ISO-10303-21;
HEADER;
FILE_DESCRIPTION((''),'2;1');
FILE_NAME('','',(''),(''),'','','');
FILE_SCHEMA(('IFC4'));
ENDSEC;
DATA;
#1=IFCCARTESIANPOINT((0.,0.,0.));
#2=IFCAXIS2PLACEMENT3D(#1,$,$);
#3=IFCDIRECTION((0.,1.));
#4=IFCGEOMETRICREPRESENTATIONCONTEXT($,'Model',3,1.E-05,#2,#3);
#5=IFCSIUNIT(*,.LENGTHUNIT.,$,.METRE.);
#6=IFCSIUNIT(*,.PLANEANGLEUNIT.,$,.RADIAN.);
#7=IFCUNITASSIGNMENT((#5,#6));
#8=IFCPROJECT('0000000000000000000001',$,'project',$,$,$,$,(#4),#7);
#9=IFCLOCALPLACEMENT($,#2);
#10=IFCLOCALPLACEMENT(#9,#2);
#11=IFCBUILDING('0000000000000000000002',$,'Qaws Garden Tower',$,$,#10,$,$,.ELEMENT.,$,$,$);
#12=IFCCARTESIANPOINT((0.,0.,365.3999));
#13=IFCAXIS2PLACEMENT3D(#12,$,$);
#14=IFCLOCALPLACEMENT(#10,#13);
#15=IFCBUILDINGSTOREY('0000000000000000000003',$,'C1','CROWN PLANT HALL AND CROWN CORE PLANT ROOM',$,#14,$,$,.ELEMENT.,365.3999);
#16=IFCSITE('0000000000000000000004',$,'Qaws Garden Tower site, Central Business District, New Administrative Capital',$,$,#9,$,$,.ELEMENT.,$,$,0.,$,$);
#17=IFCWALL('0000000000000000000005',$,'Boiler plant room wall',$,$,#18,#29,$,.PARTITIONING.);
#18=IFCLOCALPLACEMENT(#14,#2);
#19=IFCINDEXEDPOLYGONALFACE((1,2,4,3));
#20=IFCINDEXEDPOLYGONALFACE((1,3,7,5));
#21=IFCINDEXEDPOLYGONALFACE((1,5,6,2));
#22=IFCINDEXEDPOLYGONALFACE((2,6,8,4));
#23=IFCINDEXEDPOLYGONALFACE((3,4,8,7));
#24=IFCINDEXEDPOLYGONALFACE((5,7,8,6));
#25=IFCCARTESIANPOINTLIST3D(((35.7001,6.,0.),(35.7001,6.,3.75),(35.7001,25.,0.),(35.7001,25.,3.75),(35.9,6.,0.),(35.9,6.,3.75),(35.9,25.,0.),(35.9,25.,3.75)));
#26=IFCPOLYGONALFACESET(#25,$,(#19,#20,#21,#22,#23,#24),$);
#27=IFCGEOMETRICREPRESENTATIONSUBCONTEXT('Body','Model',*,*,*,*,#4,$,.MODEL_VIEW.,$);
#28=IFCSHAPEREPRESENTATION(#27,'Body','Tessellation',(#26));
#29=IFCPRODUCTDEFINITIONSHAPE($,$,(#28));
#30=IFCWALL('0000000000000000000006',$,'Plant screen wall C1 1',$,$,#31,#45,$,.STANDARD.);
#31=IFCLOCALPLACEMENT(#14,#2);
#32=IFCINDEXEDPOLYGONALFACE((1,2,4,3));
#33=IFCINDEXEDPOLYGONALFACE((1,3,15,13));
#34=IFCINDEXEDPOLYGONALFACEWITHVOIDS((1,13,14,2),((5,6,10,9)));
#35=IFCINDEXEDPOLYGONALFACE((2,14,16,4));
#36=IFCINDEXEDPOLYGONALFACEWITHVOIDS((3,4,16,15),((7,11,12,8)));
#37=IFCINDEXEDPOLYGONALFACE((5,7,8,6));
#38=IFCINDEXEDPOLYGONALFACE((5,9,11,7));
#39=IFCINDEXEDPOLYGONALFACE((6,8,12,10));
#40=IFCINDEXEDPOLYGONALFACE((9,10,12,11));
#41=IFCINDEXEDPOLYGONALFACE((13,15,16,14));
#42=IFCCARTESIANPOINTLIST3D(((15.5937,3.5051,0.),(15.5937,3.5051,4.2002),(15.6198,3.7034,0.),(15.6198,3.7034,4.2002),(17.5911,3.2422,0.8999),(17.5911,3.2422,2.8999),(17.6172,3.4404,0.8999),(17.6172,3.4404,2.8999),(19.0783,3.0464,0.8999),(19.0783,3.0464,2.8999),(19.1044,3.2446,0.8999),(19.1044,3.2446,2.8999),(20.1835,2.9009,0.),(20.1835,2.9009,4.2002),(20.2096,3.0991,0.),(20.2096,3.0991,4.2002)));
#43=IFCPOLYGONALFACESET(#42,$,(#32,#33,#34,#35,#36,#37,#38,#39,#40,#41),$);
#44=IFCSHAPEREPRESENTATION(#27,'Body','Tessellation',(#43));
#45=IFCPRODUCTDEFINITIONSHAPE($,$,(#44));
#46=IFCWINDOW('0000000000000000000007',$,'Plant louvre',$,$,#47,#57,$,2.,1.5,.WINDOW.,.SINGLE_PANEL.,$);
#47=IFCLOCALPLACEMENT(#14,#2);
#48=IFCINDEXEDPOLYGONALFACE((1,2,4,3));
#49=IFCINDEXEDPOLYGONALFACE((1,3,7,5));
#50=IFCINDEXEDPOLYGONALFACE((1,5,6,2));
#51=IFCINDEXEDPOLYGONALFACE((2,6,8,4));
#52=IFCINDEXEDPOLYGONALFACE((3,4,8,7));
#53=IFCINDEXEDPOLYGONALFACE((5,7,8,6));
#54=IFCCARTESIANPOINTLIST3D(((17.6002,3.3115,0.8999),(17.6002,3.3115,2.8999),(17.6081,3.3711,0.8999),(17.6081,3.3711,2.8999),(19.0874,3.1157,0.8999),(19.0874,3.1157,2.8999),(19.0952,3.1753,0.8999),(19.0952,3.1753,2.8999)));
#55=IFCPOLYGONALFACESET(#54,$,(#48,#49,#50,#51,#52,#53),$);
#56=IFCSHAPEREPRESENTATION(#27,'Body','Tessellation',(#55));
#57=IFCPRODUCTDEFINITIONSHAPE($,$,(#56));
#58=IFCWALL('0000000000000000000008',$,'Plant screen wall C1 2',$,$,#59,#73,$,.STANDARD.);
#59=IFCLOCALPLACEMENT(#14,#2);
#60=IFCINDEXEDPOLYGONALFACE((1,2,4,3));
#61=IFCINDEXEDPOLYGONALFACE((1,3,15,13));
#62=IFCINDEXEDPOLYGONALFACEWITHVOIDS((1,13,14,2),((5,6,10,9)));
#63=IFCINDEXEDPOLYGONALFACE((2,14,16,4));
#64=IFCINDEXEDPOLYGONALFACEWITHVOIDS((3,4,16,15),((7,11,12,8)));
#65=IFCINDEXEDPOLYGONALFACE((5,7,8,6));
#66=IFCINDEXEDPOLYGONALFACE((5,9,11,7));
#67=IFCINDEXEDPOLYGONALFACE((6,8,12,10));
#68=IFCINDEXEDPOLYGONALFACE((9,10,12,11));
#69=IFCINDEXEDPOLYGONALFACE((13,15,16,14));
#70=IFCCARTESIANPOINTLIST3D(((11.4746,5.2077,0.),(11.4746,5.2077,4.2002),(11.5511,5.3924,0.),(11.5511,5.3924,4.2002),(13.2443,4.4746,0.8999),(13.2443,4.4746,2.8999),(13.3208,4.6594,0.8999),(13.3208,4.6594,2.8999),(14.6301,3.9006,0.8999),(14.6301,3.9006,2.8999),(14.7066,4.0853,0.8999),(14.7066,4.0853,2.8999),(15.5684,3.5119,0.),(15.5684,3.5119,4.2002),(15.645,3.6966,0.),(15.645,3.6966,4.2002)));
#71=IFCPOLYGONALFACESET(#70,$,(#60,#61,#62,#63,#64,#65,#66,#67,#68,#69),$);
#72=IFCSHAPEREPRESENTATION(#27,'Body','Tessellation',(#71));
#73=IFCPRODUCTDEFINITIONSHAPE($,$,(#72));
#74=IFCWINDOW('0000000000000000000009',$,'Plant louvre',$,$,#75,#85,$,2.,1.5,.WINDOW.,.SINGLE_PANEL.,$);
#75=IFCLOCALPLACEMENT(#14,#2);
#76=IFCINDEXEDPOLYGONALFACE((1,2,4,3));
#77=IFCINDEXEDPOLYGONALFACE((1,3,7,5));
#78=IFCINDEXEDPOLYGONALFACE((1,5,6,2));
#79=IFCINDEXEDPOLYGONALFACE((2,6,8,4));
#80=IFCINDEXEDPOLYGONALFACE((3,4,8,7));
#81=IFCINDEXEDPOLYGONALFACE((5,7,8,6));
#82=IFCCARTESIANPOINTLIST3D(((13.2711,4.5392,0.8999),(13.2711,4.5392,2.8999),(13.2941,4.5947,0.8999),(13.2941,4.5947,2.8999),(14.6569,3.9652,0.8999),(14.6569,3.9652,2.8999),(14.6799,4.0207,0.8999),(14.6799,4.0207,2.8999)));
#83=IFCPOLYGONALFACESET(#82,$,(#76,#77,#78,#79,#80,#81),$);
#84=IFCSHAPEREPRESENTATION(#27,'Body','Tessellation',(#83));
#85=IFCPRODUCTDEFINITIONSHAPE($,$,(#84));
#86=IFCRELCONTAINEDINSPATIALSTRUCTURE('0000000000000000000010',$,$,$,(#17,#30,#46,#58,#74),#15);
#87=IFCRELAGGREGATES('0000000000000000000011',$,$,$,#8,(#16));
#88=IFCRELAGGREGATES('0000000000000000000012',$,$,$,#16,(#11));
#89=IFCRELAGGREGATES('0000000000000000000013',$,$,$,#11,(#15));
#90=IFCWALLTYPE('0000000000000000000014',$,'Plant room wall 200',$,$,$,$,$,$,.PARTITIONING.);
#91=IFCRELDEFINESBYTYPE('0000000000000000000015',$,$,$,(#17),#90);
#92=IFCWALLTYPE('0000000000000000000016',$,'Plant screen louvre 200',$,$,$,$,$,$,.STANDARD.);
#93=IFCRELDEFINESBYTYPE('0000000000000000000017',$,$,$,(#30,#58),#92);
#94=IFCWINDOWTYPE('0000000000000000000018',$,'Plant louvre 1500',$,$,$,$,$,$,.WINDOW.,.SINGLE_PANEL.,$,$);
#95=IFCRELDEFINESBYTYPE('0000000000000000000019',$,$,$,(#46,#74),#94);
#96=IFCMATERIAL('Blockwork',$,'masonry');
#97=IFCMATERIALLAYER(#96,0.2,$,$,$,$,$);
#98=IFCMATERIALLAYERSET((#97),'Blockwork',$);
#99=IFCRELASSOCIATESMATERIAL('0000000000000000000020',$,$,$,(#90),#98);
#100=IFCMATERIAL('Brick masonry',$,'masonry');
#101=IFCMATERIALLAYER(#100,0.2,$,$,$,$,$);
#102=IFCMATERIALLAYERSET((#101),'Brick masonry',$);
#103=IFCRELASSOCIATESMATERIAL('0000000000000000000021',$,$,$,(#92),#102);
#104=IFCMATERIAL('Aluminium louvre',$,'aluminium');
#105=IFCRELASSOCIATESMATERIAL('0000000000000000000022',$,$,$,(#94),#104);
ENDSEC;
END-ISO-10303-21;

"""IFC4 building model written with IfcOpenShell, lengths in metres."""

from ifc_helpers import new_model, si_unit, direction, frame, frame_2d, origin, place, context, subcontext, project, spatial, rectangle, extrude, material, layer, layer_set, type_object, element, fill, save


model = new_model("IFC4")

# Units and contexts
model_context = context("Model", 3, precision=1e-05, world=origin(), true_north=direction((0.0, 1.0)))
body_context = subcontext(model_context, "Body", "Model", "MODEL_VIEW")
ifc_project = project(units=[si_unit("LENGTHUNIT", "METRE"), si_unit("PLANEANGLEUNIT", "RADIAN")], contexts=[model_context])

# Site, building, storey
site_placement = place(None, origin())
site = spatial("IfcSite", under=ifc_project, at=site_placement, Name="Qaws Garden Tower site, Central Business District, New Administrative Capital", CompositionType="ELEMENT", RefElevation=0.0)
building_placement = place(site_placement, origin())
building = spatial("IfcBuilding", under=site, at=building_placement, Name="Qaws Garden Tower", CompositionType="ELEMENT")
storey_placement = place(building_placement, frame((0.0, 0.0, 365.3999)))
storey = spatial("IfcBuildingStorey", under=building, at=storey_placement, Name="C1", Description="CROWN PLANT HALL AND CROWN CORE PLANT ROOM", CompositionType="ELEMENT", Elevation=365.3999)

# Shared definitions
ifc_material_1 = material(Name="Blockwork", Category="masonry")
ifc_layer_1 = layer(ifc_material_1, 0.2)
ifc_layer_set_1 = layer_set([ifc_layer_1], Name="Blockwork")
wall_type_1 = type_object("IfcWallType", Name="Plant room wall 200", PredefinedType="PARTITIONING", material=ifc_layer_set_1)

# Wall
wall_1_placement = place(storey_placement, frame((35.8, 6.0, 0.0), z_axis=(0.0, 0.0, 1.0), x_axis=(0.0, 1.0, 0.0)))
element("IfcWall", 1, at=wall_1_placement, inside=storey, type_object=wall_type_1, Name="Boiler plant room wall", PredefinedType="PARTITIONING", context=body_context, shape_type="SweptSolid", body=[
    extrude(rectangle(XDim=19.0, YDim=0.2, at=frame_2d((9.5, 0.0))), origin(), (0.0, 0.0, 1.0), 3.75),
])

# Walls, openings, windows
ifc_material_2 = material(Name="Brick masonry", Category="masonry")
ifc_layer_2 = layer(ifc_material_2, 0.2)
ifc_layer_set_2 = layer_set([ifc_layer_2], Name="Brick masonry")
wall_type_2 = type_object("IfcWallType", Name="Plant screen louvre 200", PredefinedType="STANDARD", material=ifc_layer_set_2)
wall_2_placement = place(storey_placement, frame((20.1965, 3.0, 0.0), z_axis=(0.0, 0.0, 1.0), x_axis=(-0.991445, 0.130523, 0.0)))
wall_2 = element("IfcWall", 2, at=wall_2_placement, inside=storey, type_object=wall_type_2, Name="Plant screen wall C1 1", PredefinedType="STANDARD", context=body_context, shape_type="SweptSolid", body=[
    extrude(rectangle(XDim=4.6294, YDim=0.2, at=frame_2d((2.3147, 0.0))), origin(), (0.0, 0.0, 1.0), 4.2002),
])
opening_1_placement = place(wall_2_placement, frame((1.1147, 0.0, 0.8999)))
opening_1 = element("IfcOpeningElement", 3, at=opening_1_placement, cuts=wall_2, PredefinedType="OPENING", context=body_context, shape_type="SweptSolid", body=[
    extrude(rectangle(XDim=1.5, YDim=2.0, at=frame_2d((0.75, 1.0))), frame((0.0, 0.1099, 0.0), z_axis=(0.0, -1.0, 0.0), x_axis=(1.0, 0.0, 0.0)), (0.0, 0.0, 1.0), 0.22),
])
ifc_material_3 = material(Name="Aluminium louvre", Category="aluminium")
window_type = type_object("IfcWindowType", Name="Plant louvre 1500", PartitioningType="SINGLE_PANEL", PredefinedType="WINDOW", material=ifc_material_3)
window_1_placement = place(opening_1_placement, origin())
window_1 = element("IfcWindow", 4, at=window_1_placement, inside=storey, type_object=window_type, Name="Plant louvre", OverallHeight=2.0, OverallWidth=1.5, PartitioningType="SINGLE_PANEL", PredefinedType="WINDOW", context=body_context, shape_type="SweptSolid", body=[
    extrude(rectangle(XDim=1.5, YDim=2.0, at=frame_2d((0.75, 1.0))), frame((0.0, 0.03, 0.0), z_axis=(0.0, -1.0, 0.0), x_axis=(1.0, 0.0, 0.0)), (0.0, 0.0, 1.0), 0.0601),
])
fill(opening_1, window_1)
wall_3_placement = place(storey_placement, frame((15.6067, 3.6042, 0.0), z_axis=(0.0, 0.0, 1.0), x_axis=(-0.92387, 0.382705, 0.0)))
wall_3 = element("IfcWall", 5, at=wall_3_placement, inside=storey, type_object=wall_type_2, Name="Plant screen wall C1 2", PredefinedType="STANDARD", context=body_context, shape_type="SweptSolid", body=[
    extrude(rectangle(XDim=4.4312, YDim=0.2, at=frame_2d((2.2156, 0.0))), origin(), (0.0, 0.0, 1.0), 4.2002),
])
opening_2_placement = place(wall_3_placement, frame((1.0156, 0.0, 0.8999)))
opening_2 = element("IfcOpeningElement", 6, at=opening_2_placement, cuts=wall_3, PredefinedType="OPENING", context=body_context, shape_type="SweptSolid", body=[
    extrude(rectangle(XDim=1.5, YDim=2.0, at=frame_2d((0.75, 1.0))), frame((0.0, 0.1099, 0.0), z_axis=(0.0, -1.0, 0.0), x_axis=(1.0, 0.0, 0.0)), (0.0, 0.0, 1.0), 0.22),
])
window_2_placement = place(opening_2_placement, origin())
window_2 = element("IfcWindow", 7, at=window_2_placement, inside=storey, type_object=window_type, Name="Plant louvre", OverallHeight=2.0, OverallWidth=1.5, PartitioningType="SINGLE_PANEL", PredefinedType="WINDOW", context=body_context, shape_type="SweptSolid", body=[
    extrude(rectangle(XDim=1.5, YDim=2.0, at=frame_2d((0.75, 1.0))), frame((0.0, 0.03, 0.0), z_axis=(0.0, -1.0, 0.0), x_axis=(1.0, 0.0, 0.0)), (0.0, 0.0, 1.0), 0.0601),
])
fill(opening_2, window_2)

save(model, "model.ifc")
